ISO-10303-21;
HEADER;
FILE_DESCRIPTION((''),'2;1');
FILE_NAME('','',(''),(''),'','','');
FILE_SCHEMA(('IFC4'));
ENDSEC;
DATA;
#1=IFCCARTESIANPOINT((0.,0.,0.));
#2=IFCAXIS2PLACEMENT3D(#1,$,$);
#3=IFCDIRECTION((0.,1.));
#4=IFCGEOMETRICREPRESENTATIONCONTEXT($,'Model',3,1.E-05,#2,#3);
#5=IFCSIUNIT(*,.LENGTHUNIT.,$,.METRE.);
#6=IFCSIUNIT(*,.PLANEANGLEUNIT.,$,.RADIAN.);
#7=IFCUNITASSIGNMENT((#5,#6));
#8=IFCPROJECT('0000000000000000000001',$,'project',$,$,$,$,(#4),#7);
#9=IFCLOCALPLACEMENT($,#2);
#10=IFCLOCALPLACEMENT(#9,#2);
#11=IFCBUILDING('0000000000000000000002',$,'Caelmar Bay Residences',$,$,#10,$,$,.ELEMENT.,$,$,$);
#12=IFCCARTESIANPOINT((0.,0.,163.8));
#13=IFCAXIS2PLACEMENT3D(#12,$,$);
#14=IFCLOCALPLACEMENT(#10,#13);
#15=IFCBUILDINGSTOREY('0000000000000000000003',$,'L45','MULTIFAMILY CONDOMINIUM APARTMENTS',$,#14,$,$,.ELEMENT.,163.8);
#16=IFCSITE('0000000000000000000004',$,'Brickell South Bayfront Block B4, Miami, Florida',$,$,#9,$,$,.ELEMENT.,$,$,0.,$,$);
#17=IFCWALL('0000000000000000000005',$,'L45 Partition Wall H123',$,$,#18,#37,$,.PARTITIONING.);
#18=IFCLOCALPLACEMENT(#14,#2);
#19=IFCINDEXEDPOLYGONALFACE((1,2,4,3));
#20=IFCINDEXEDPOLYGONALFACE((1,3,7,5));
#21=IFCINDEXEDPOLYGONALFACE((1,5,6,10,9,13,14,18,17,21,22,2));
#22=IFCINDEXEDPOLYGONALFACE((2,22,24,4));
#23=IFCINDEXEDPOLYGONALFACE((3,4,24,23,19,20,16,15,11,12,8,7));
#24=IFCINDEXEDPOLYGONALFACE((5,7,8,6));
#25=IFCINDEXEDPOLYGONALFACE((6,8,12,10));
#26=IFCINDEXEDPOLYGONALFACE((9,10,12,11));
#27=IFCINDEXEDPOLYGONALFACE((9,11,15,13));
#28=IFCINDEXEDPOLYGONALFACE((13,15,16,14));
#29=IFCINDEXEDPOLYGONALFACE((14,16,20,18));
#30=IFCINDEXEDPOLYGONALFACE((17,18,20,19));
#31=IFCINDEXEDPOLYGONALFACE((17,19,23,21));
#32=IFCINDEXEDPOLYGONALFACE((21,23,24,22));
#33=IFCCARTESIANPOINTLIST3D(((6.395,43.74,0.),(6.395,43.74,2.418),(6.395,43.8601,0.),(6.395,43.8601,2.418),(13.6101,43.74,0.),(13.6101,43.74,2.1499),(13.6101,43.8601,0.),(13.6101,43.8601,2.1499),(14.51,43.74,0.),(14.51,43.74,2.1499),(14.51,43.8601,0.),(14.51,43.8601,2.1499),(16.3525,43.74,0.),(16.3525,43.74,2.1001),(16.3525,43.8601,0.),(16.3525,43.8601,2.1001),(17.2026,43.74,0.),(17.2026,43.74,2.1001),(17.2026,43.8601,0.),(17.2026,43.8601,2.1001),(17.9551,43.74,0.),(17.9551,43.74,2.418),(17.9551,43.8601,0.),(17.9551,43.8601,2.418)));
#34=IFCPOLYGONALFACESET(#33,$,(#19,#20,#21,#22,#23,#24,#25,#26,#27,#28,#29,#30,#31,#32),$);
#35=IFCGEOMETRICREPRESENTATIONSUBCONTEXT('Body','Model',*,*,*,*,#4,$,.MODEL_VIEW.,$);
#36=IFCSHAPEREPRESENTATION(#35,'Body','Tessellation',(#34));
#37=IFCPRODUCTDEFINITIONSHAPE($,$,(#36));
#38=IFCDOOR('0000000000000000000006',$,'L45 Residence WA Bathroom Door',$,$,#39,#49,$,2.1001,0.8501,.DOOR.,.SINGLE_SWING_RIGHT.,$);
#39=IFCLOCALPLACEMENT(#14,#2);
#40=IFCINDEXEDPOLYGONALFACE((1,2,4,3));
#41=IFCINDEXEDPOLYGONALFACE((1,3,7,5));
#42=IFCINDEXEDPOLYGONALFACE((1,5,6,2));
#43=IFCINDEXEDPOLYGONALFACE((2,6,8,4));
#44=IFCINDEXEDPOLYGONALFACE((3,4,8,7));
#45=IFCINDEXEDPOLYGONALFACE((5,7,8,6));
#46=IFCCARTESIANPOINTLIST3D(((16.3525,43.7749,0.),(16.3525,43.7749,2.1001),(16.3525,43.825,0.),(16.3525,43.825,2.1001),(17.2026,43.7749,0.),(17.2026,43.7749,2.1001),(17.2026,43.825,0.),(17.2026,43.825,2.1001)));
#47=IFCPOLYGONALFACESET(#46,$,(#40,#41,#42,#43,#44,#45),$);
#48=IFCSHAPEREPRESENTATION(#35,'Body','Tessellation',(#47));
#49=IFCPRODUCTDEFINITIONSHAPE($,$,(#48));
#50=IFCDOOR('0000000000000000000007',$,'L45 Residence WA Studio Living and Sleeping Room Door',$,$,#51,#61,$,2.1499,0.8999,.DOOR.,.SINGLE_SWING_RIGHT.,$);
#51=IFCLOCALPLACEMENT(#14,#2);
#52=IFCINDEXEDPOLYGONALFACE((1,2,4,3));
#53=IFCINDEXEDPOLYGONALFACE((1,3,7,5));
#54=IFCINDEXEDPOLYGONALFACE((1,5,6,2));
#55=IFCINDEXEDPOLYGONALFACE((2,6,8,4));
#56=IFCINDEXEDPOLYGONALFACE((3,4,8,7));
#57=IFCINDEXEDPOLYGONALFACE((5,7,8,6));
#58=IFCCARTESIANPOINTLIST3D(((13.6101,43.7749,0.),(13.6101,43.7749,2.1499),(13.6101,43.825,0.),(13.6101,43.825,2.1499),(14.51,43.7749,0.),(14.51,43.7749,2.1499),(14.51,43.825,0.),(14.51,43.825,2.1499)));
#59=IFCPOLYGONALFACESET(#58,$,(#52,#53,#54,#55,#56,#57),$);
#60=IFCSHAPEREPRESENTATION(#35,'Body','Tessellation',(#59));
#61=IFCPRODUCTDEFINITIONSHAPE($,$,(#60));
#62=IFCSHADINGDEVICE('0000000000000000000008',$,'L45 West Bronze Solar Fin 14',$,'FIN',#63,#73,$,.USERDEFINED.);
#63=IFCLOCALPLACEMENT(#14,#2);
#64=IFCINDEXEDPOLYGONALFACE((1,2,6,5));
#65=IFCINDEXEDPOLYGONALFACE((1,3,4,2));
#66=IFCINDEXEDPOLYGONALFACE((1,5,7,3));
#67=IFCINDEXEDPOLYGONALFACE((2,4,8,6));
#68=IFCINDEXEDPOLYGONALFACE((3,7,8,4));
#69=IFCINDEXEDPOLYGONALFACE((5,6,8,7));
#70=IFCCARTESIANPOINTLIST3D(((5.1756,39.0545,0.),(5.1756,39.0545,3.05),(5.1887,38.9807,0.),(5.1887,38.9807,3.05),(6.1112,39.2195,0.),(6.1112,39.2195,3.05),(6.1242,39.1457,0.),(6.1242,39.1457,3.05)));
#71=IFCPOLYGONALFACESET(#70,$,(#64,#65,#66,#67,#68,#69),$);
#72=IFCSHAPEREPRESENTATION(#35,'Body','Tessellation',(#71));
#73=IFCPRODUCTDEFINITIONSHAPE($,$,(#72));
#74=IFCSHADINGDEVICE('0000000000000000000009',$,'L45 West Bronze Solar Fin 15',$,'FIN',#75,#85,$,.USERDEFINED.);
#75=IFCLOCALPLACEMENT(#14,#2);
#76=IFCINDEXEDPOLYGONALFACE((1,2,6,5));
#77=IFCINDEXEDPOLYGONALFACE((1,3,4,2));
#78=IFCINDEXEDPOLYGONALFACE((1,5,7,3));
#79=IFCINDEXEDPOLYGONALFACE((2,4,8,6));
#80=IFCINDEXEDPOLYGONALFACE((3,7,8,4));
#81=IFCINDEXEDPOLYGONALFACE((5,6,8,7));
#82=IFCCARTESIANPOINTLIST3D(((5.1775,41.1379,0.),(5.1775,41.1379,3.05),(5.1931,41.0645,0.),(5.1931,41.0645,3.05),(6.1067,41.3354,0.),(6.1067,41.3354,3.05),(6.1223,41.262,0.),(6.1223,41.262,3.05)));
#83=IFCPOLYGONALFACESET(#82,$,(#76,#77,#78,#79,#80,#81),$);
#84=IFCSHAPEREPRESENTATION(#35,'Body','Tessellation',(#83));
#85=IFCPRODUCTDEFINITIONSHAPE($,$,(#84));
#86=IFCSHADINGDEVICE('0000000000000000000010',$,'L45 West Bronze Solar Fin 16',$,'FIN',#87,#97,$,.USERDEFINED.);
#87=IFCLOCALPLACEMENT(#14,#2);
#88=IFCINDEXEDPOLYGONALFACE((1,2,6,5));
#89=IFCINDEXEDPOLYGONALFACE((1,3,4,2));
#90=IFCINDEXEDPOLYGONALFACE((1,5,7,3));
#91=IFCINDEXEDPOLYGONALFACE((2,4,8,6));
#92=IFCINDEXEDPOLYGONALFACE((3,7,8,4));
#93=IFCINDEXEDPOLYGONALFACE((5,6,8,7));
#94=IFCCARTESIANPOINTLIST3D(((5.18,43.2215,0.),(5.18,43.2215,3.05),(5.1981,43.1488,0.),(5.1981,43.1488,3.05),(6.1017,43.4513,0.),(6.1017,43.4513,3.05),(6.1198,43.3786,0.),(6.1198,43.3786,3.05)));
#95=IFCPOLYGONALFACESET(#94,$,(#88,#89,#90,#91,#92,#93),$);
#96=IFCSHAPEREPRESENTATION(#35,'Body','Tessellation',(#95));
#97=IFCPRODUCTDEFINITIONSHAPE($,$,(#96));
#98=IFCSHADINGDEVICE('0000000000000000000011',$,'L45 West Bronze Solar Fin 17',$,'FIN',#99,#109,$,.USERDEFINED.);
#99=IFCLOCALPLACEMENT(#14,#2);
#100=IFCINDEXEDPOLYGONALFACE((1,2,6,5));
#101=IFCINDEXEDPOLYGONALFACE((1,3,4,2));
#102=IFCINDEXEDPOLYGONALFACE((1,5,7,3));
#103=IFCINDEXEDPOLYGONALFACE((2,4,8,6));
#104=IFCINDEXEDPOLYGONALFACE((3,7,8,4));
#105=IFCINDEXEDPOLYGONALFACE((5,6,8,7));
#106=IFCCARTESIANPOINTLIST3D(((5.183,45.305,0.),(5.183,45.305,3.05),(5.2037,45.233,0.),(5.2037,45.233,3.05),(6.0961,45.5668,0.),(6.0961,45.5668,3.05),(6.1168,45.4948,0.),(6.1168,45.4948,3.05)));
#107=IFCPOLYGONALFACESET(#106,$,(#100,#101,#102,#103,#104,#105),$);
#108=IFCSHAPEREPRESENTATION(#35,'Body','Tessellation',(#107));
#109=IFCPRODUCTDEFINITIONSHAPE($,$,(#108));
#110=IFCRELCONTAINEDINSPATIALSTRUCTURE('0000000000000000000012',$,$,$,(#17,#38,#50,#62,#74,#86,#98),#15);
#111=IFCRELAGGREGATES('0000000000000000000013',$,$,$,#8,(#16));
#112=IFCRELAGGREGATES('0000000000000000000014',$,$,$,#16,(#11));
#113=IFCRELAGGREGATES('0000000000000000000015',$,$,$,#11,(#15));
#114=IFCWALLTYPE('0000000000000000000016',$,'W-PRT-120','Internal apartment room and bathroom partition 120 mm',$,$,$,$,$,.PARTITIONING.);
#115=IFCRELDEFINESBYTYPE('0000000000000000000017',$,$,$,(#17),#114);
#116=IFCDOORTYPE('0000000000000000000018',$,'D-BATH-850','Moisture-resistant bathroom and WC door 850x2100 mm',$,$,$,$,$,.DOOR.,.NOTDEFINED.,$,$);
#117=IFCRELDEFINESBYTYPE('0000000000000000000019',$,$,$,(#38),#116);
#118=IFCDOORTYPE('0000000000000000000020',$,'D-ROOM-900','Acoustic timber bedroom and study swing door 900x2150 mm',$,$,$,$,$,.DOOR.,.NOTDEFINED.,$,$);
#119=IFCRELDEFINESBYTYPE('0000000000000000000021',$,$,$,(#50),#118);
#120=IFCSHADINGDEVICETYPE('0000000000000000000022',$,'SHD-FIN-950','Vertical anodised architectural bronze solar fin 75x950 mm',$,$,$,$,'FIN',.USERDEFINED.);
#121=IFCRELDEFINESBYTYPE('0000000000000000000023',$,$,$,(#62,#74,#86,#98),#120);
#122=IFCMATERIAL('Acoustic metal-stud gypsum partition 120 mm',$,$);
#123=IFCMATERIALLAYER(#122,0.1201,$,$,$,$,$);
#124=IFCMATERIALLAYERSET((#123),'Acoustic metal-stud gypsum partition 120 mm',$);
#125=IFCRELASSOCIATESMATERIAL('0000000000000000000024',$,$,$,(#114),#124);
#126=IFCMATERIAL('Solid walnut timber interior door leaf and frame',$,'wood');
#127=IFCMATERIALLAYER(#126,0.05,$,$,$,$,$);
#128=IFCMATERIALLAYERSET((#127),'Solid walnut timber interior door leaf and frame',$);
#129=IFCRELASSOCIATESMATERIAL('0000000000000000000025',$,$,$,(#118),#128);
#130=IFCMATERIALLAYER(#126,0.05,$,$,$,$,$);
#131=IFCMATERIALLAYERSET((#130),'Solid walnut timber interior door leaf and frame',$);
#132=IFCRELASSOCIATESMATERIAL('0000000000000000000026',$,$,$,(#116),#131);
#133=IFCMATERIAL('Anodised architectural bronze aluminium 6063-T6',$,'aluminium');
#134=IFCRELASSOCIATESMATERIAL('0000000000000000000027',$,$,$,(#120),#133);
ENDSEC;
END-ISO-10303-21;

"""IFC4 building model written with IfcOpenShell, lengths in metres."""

from ifc_helpers import new_model, si_unit, direction, frame, frame_2d, origin, origin_2d, place, context, subcontext, project, spatial, rectangle, extrude, material, layer, layer_set, material_profile, profile_set, type_object, element, fill, save


model = new_model("IFC4")

# Units and contexts
model_context = context("Model", 3, precision=1e-05, world=origin(), true_north=direction((0.0, 1.0)))
body_context = subcontext(model_context, "Body", "Model", "MODEL_VIEW")
ifc_project = project(units=[si_unit("LENGTHUNIT", "METRE"), si_unit("PLANEANGLEUNIT", "RADIAN")], contexts=[model_context])

# Site, building, storey
site_placement = place(None, origin())
site = spatial("IfcSite", under=ifc_project, at=site_placement, Name="Brickell South Bayfront Block B4, Miami, Florida", CompositionType="ELEMENT", RefElevation=0.0)
building_placement = place(site_placement, origin())
building = spatial("IfcBuilding", under=site, at=building_placement, Name="Caelmar Bay Residences", CompositionType="ELEMENT")
storey_placement = place(building_placement, frame((0.0, 0.0, 163.8)))
storey = spatial("IfcBuildingStorey", under=building, at=storey_placement, Name="L45", Description="MULTIFAMILY CONDOMINIUM APARTMENTS", CompositionType="ELEMENT", Elevation=163.8)

# Shared definitions
ifc_material_1 = material(Name="Acoustic metal-stud gypsum partition 120 mm")
ifc_layer_1 = layer(ifc_material_1, 0.1201)
ifc_layer_set_1 = layer_set([ifc_layer_1], Name="Acoustic metal-stud gypsum partition 120 mm")
wall_type_1 = type_object("IfcWallType", Name="W-PRT-120", Description="Internal apartment room and bathroom partition 120 mm", PredefinedType="PARTITIONING", material=ifc_layer_set_1)
ifc_material_2 = material(Name="Solid walnut timber interior door leaf and frame", Category="wood")
ifc_layer_2 = layer(ifc_material_2, 0.05)
ifc_layer_set_2 = layer_set([ifc_layer_2], Name="Solid walnut timber interior door leaf and frame")
door_type_1 = type_object("IfcDoorType", Name="D-ROOM-900", Description="Acoustic timber bedroom and study swing door 900x2150 mm", OperationType="NOTDEFINED", PredefinedType="DOOR", material=ifc_layer_set_2)

# Wall, openings, doors
wall_1_placement = place(storey_placement, frame((6.395, 43.8, 0.0), z_axis=(0.0, 0.0, 1.0), x_axis=(1.0, 0.0, 0.0)))
wall_1 = element("IfcWall", 1, at=wall_1_placement, inside=storey, type_object=wall_type_1, Name="L45 Partition Wall H123", PredefinedType="PARTITIONING", context=body_context, shape_type="SweptSolid", body=[
    extrude(rectangle(XDim=11.5601, YDim=0.1201, at=frame_2d((5.78, 0.0))), origin(), (0.0, 0.0, 1.0), 2.418),
])
opening_1_placement = place(wall_1_placement, frame((7.2151, 0.0, 0.0)))
opening_1 = element("IfcOpeningElement", 2, at=opening_1_placement, cuts=wall_1, PredefinedType="OPENING", context=body_context, shape_type="SweptSolid", body=[
    extrude(rectangle(XDim=0.8999, YDim=2.1499, at=frame_2d((0.45, 1.075))), frame((0.0, 0.0701, 0.0), z_axis=(0.0, -1.0, 0.0), x_axis=(1.0, 0.0, 0.0)), (0.0, 0.0, 1.0), 0.1401),
])
opening_2_placement = place(wall_1_placement, frame((9.9575, 0.0, 0.0)))
opening_2 = element("IfcOpeningElement", 3, at=opening_2_placement, cuts=wall_1, PredefinedType="OPENING", context=body_context, shape_type="SweptSolid", body=[
    extrude(rectangle(XDim=0.8501, YDim=2.1001, at=frame_2d((0.425, 1.05))), frame((0.0, 0.0701, 0.0), z_axis=(0.0, -1.0, 0.0), x_axis=(1.0, 0.0, 0.0)), (0.0, 0.0, 1.0), 0.1401),
])
ifc_layer_3 = layer(ifc_material_2, 0.05)
ifc_layer_set_3 = layer_set([ifc_layer_3], Name="Solid walnut timber interior door leaf and frame")
door_type_2 = type_object("IfcDoorType", Name="D-BATH-850", Description="Moisture-resistant bathroom and WC door 850x2100 mm", OperationType="NOTDEFINED", PredefinedType="DOOR", material=ifc_layer_set_3)
door_1_placement = place(opening_2_placement, origin())
door_1 = element("IfcDoor", 4, at=door_1_placement, inside=storey, type_object=door_type_2, Name="L45 Residence WA Bathroom Door", OperationType="SINGLE_SWING_RIGHT", OverallHeight=2.1001, OverallWidth=0.8501, PredefinedType="DOOR", context=body_context, shape_type="SweptSolid", body=[
    extrude(rectangle(XDim=0.8501, YDim=2.1001, at=frame_2d((0.425, 1.05))), frame((0.0, 0.0249, 0.0), z_axis=(0.0, -1.0, 0.0), x_axis=(1.0, 0.0, 0.0)), (0.0, 0.0, 1.0), 0.05),
])
fill(opening_2, door_1)
door_2_placement = place(opening_1_placement, origin())
door_2 = element("IfcDoor", 5, at=door_2_placement, inside=storey, type_object=door_type_1, Name="L45 Residence WA Studio Living and Sleeping Room Door", OperationType="SINGLE_SWING_RIGHT", OverallHeight=2.1499, OverallWidth=0.8999, PredefinedType="DOOR", context=body_context, shape_type="SweptSolid", body=[
    extrude(rectangle(XDim=0.8999, YDim=2.1499, at=frame_2d((0.45, 1.075))), frame((0.0, 0.0249, 0.0), z_axis=(0.0, -1.0, 0.0), x_axis=(1.0, 0.0, 0.0)), (0.0, 0.0, 1.0), 0.05),
])
fill(opening_1, door_2)

# Shading devices
ifc_material_3 = material(Name="Anodised architectural bronze aluminium 6063-T6", Category="aluminium")
ifc_material_profile_1 = material_profile(ifc_material_3, rectangle(XDim=0.075, YDim=0.95, at=origin_2d()), Name="BRONZE-FIN-75X950")
ifc_profile_set_1 = profile_set([ifc_material_profile_1], Name="Anodised architectural bronze aluminium 6063-T6")
shading_device_type = type_object("IfcShadingDeviceType", Name="SHD-FIN-950", Description="Vertical anodised architectural bronze solar fin 75x950 mm", ElementType="FIN", PredefinedType="USERDEFINED", material=ifc_profile_set_1)
for number, where, z_axis, x_axis, name in (
    (6, (5.6499, 39.1001, 0.0), (0.0, 0.0, 1.0), (-0.173648, 0.984808, 0.0), "L45 West Bronze Solar Fin 14"),
    (7, (5.6499, 41.2, 0.0), (0.0, 0.0, 1.0), (-0.207912, 0.978148, 0.0), "L45 West Bronze Solar Fin 15"),
    (8, (5.6499, 43.3, 0.0), (0.0, 0.0, 1.0), (-0.241922, 0.970296, 0.0), "L45 West Bronze Solar Fin 16"),
    (9, (5.6499, 45.3999, 0.0), (0.0, 0.0, 1.0), (-0.275637, 0.961262, 0.0), "L45 West Bronze Solar Fin 17"),
):
    element("IfcShadingDevice", number, at=place(storey_placement, frame(where, z_axis=z_axis, x_axis=x_axis)), inside=storey, type_object=shading_device_type, Name=name, ObjectType="FIN", PredefinedType="USERDEFINED", context=body_context, shape_type="SweptSolid", body=[
        extrude(rectangle(XDim=0.075, YDim=0.95, at=origin_2d()), origin(), (0.0, 0.0, 1.0), 3.05),
    ])

save(model, "model.ifc")
